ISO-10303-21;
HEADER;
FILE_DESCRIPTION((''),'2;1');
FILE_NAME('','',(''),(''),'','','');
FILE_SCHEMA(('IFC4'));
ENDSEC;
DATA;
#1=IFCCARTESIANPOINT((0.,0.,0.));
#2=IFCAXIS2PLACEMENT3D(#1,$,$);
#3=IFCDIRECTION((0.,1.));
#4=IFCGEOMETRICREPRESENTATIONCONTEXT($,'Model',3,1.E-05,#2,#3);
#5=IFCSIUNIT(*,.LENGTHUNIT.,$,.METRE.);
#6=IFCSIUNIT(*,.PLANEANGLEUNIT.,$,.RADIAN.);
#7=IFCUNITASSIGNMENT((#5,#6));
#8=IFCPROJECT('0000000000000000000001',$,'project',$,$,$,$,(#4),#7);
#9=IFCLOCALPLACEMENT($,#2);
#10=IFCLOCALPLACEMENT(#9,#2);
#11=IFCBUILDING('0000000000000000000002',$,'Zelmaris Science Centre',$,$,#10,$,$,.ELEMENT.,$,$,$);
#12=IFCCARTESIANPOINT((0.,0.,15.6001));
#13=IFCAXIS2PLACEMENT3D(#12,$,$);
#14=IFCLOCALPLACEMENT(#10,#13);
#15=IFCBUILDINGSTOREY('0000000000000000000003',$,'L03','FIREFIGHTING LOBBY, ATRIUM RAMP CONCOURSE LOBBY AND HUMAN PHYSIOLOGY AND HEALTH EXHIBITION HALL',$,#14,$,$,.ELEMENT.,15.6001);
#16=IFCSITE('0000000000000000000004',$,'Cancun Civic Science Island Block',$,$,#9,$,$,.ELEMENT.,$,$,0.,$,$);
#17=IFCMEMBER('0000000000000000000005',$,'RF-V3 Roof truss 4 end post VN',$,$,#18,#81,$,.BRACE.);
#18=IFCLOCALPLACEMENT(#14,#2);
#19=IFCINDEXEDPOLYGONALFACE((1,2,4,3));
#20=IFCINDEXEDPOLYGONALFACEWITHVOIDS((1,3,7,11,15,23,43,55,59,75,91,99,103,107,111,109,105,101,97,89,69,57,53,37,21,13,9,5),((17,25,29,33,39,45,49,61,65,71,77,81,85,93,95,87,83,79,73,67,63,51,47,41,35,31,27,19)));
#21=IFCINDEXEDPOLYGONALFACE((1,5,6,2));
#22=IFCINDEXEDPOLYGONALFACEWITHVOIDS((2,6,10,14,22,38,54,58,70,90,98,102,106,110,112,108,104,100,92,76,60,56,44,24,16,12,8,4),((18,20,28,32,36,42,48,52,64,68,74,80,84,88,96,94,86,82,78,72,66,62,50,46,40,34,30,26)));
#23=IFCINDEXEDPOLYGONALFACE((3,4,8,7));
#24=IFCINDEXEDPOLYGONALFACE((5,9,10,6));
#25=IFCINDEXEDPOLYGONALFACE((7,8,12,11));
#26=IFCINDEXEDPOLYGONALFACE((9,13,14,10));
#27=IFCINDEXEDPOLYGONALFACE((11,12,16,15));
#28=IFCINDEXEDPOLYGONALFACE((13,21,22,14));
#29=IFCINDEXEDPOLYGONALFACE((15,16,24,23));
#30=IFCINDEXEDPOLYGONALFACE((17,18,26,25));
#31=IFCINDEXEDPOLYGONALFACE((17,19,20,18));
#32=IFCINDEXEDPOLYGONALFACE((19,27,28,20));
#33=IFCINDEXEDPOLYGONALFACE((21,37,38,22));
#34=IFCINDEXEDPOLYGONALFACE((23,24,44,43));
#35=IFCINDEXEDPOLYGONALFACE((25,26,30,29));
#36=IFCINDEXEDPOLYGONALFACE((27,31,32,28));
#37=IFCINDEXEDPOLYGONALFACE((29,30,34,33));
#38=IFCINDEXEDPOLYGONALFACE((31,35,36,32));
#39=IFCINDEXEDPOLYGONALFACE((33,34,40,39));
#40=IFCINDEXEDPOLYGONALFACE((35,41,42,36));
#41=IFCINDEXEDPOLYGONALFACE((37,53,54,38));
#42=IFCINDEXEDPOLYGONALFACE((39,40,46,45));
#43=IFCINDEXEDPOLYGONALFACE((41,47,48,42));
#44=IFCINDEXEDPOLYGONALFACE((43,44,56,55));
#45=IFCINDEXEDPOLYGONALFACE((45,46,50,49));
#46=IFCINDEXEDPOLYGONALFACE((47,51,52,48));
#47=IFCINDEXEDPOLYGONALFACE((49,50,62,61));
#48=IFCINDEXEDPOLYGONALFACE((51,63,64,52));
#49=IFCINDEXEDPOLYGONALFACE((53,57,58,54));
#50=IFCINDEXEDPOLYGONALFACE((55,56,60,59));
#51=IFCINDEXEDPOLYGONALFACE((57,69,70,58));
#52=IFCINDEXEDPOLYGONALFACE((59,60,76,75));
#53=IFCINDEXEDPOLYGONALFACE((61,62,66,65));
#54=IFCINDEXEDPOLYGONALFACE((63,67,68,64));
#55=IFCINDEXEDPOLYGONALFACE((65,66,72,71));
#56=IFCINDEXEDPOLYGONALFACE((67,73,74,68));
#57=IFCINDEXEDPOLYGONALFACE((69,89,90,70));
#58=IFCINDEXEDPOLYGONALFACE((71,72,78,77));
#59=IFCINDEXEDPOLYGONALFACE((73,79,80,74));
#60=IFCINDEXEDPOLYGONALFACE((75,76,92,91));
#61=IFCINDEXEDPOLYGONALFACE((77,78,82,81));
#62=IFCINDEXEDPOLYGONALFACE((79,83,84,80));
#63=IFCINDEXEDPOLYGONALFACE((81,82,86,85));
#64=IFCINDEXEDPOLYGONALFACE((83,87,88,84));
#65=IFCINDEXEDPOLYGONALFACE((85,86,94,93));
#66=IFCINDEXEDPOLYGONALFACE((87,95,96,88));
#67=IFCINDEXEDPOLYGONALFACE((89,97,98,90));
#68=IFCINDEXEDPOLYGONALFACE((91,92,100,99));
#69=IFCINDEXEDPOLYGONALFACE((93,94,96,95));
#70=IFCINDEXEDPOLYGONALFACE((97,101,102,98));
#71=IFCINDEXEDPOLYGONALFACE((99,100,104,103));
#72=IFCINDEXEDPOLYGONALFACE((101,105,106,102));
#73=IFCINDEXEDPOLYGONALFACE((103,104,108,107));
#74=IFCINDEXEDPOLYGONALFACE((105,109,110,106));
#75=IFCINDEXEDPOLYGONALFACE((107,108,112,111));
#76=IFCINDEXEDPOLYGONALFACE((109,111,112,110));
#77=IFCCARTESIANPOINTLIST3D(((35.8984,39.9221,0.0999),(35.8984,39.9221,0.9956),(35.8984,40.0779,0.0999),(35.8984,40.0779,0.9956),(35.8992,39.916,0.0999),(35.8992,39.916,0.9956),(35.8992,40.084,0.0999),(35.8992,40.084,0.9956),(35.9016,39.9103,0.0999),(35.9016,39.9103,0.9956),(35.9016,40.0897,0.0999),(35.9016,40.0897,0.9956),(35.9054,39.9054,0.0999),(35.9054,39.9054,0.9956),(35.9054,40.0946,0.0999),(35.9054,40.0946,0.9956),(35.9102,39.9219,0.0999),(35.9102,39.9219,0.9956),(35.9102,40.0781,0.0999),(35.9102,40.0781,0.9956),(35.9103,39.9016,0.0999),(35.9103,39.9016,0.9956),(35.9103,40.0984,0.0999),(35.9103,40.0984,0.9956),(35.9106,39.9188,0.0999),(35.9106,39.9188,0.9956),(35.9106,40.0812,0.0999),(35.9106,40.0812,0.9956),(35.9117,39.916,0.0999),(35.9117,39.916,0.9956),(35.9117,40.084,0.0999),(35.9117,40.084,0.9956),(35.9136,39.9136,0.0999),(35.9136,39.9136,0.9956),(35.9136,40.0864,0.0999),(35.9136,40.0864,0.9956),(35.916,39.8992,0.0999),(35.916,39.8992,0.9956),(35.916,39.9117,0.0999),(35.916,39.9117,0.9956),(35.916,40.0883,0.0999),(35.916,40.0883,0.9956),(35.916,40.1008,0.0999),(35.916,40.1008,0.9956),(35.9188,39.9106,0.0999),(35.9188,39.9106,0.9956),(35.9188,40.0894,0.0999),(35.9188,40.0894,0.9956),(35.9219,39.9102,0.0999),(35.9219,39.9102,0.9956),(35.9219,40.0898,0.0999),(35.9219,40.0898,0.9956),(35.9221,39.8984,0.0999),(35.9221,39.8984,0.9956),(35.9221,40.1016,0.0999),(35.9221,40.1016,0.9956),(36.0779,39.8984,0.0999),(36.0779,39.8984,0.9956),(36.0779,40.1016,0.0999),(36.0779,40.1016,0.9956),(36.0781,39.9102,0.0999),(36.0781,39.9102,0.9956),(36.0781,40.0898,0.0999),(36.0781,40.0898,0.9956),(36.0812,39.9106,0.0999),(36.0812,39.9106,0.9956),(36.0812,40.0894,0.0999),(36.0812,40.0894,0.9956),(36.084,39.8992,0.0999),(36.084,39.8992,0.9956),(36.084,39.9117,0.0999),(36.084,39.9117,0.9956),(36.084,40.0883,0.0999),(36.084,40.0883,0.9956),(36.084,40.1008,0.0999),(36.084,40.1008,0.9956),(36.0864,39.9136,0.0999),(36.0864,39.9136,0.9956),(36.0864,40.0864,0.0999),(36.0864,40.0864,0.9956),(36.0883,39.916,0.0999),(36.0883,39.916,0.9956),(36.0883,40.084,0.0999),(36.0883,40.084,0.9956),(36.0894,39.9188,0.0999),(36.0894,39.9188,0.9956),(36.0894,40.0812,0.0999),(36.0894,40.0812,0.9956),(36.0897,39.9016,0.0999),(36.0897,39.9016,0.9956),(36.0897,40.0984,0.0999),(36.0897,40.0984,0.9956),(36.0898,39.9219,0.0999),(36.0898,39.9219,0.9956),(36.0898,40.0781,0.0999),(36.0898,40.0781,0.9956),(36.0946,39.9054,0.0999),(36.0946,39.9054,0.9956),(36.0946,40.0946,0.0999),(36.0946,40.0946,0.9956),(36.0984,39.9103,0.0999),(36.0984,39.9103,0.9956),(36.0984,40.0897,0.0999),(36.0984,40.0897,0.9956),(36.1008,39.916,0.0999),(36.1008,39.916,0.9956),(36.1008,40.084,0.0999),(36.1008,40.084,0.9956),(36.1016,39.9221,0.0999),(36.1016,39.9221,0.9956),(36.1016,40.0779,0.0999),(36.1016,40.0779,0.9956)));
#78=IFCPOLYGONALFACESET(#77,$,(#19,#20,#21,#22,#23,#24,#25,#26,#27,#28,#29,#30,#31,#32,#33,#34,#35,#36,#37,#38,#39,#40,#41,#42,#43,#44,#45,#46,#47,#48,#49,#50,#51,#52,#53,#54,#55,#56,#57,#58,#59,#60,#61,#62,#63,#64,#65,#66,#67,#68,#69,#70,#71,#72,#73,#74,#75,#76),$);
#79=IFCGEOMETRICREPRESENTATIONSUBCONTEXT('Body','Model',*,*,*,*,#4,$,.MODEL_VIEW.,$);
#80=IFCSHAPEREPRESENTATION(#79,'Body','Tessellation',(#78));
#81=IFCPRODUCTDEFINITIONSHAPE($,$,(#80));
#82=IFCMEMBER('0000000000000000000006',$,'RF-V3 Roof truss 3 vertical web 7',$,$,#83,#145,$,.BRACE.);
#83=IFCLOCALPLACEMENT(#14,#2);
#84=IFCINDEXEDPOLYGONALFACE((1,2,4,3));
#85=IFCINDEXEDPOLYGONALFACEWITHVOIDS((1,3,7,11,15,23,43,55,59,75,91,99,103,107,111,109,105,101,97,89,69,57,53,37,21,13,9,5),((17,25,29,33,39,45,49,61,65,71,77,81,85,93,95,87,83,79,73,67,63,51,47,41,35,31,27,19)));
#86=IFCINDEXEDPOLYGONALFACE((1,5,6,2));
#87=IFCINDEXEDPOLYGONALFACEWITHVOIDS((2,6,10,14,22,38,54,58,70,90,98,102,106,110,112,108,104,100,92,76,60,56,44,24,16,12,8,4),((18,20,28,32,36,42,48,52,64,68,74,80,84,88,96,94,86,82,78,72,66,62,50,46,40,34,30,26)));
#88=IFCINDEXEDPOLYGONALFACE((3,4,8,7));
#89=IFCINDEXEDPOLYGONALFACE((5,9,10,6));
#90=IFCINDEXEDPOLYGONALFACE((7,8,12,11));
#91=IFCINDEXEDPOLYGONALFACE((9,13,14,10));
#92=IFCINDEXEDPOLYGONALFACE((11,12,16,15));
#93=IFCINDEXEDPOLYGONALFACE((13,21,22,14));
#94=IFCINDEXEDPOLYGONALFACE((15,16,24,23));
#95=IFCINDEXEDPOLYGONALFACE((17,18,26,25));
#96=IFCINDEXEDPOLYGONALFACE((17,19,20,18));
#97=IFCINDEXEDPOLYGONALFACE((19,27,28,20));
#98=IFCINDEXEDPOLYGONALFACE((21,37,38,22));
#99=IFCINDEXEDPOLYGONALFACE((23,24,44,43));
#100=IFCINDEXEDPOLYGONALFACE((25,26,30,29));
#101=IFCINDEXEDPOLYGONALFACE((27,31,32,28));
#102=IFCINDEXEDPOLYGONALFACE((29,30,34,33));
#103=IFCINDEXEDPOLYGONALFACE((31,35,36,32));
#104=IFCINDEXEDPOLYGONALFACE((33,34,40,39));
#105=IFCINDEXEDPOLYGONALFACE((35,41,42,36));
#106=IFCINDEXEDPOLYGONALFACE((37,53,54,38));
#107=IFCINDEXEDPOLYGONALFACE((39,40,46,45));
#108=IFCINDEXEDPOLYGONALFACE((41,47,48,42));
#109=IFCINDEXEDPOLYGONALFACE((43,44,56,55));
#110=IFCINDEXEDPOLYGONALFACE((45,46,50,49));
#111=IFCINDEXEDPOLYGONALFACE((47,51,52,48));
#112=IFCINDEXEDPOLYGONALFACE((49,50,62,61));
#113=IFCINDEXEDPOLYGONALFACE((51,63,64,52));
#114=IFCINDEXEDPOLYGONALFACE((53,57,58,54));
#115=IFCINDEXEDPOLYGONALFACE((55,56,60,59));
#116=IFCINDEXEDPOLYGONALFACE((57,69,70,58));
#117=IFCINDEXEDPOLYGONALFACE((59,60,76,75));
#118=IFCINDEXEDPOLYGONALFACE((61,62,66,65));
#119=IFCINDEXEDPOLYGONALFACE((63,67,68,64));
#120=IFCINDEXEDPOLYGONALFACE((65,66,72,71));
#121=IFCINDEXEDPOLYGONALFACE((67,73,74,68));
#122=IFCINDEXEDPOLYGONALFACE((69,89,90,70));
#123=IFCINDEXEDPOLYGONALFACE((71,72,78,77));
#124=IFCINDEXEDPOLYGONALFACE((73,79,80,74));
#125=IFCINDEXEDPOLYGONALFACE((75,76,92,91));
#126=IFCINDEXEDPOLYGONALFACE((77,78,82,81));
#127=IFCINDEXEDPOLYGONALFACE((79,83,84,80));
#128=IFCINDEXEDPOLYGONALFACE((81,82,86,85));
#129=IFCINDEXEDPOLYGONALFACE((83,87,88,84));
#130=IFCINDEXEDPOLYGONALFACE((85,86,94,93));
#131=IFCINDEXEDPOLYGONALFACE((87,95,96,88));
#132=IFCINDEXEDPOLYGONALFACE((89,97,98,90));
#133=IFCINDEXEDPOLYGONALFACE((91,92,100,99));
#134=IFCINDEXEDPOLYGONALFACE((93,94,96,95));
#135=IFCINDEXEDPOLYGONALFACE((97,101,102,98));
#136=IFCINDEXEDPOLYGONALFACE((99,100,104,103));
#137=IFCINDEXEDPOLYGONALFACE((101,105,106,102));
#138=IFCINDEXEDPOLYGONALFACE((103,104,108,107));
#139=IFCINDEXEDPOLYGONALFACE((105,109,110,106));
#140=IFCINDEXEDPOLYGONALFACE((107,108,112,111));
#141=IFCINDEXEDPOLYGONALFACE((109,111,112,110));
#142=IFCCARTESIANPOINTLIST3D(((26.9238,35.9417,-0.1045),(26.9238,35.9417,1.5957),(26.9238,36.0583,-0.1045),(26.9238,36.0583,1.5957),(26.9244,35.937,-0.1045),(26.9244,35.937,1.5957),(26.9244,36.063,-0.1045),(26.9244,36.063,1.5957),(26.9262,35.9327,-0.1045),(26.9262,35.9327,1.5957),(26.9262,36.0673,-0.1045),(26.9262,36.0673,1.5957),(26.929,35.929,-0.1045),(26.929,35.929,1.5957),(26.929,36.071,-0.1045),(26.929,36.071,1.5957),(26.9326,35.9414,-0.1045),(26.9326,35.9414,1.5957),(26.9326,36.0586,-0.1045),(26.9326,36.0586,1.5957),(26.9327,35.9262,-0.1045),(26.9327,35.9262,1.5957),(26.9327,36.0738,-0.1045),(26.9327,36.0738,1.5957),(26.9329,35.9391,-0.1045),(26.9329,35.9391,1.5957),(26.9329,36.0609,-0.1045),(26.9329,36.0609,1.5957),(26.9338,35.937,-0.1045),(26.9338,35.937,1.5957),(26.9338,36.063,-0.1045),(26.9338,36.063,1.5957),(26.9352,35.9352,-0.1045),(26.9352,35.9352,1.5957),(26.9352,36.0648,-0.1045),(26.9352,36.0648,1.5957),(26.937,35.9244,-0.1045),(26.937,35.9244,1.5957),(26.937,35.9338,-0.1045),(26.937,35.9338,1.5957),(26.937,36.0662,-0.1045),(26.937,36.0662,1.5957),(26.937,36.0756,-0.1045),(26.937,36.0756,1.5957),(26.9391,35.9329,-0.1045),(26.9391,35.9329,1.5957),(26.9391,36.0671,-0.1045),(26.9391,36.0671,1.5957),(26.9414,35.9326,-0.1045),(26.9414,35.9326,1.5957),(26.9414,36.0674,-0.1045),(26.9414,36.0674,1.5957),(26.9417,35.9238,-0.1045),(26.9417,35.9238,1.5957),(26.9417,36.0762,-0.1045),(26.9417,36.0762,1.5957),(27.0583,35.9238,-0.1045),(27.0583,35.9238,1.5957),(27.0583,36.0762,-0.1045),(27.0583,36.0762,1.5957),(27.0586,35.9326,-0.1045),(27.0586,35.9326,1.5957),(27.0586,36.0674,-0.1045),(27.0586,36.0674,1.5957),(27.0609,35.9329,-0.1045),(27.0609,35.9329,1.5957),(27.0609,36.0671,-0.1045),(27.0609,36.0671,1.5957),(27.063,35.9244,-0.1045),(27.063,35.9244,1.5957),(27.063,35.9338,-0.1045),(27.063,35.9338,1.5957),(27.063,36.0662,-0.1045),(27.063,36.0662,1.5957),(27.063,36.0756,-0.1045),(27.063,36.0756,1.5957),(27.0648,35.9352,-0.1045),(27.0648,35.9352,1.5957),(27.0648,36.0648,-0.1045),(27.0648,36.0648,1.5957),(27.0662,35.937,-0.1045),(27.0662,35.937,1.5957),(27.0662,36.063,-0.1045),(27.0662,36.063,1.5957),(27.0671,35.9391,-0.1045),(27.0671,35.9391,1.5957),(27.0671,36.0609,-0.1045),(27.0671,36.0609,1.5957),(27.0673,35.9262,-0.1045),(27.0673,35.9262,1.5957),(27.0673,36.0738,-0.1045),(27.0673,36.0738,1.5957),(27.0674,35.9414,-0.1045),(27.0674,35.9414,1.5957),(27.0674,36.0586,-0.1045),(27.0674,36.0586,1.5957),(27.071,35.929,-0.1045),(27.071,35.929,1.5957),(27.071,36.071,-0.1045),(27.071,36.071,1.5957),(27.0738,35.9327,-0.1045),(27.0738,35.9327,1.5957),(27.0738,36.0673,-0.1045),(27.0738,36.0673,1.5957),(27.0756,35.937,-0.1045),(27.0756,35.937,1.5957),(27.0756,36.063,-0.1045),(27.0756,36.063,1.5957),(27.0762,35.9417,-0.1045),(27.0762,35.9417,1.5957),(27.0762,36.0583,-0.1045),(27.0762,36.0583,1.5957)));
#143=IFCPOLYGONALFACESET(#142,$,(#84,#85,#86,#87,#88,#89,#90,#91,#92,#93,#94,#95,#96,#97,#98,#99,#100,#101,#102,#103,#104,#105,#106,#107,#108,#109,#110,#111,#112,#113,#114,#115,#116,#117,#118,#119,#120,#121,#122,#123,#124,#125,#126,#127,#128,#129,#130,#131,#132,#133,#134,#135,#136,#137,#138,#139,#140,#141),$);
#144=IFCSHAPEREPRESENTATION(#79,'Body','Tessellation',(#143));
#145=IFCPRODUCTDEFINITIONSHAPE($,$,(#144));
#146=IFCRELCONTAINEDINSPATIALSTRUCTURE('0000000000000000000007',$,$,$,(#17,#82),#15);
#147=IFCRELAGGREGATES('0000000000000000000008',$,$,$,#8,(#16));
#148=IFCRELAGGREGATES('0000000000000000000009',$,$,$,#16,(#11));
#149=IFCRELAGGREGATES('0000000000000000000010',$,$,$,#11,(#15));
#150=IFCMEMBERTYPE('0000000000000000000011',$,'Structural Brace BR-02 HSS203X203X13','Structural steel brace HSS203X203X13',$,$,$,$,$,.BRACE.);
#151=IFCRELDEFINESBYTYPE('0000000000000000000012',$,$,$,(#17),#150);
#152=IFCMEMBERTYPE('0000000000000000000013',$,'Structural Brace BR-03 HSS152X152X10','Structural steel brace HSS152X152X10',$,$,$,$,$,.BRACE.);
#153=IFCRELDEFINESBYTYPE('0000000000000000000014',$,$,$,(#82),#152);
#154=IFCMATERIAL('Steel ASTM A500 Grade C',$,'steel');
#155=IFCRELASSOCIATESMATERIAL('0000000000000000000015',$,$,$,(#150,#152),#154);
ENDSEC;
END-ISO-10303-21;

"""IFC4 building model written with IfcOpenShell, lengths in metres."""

from ifc_helpers import new_model, si_unit, direction, frame, origin, origin_2d, place, context, subcontext, project, spatial, hollow_rectangle, extrude, material, material_profile, profile_set, type_object, element, save


model = new_model("IFC4")

# Units and contexts
model_context = context("Model", 3, precision=1e-05, world=origin(), true_north=direction((0.0, 1.0)))
body_context = subcontext(model_context, "Body", "Model", "MODEL_VIEW")
ifc_project = project(units=[si_unit("LENGTHUNIT", "METRE"), si_unit("PLANEANGLEUNIT", "RADIAN")], contexts=[model_context])

# Site, building, storey
site_placement = place(None, origin())
site = spatial("IfcSite", under=ifc_project, at=site_placement, Name="Cancun Civic Science Island Block", CompositionType="ELEMENT", RefElevation=0.0)
building_placement = place(site_placement, origin())
building = spatial("IfcBuilding", under=site, at=building_placement, Name="Zelmaris Science Centre", CompositionType="ELEMENT")
storey_placement = place(building_placement, frame((0.0, 0.0, 15.6001)))
storey = spatial("IfcBuildingStorey", under=building, at=storey_placement, Name="L03", Description="FIREFIGHTING LOBBY, ATRIUM RAMP CONCOURSE LOBBY AND HUMAN PHYSIOLOGY AND HEALTH EXHIBITION HALL", CompositionType="ELEMENT", Elevation=15.6001)

# Members
ifc_material_1 = material(Name="Steel ASTM A500 Grade C", Category="steel")
ifc_material_profile_1 = material_profile(ifc_material_1, hollow_rectangle(XDim=0.2031, YDim=0.2031, WallThickness=0.0117, InnerFilletRadius=0.0117, OuterFilletRadius=0.0237, at=origin_2d()), Name="HSS203X203X13")
ifc_profile_set_1 = profile_set([ifc_material_profile_1], Name="Steel ASTM A500 Grade C")
member_type_1 = type_object("IfcMemberType", Name="Structural Brace BR-02 HSS203X203X13", Description="Structural steel brace HSS203X203X13", PredefinedType="BRACE", material=ifc_profile_set_1)
for number, where, z_axis, x_axis, name in (
    (1, (36.0, 40.0, 0.0999), (0.0, 0.0, 1.0), (1.0, 0.0, 0.0), "RF-V3 Roof truss 4 end post VN"),
):
    element("IfcMember", number, at=place(storey_placement, frame(where, z_axis=z_axis, x_axis=x_axis)), inside=storey, type_object=member_type_1, Name=name, PredefinedType="BRACE", context=body_context, shape_type="SweptSolid", body=[
        extrude(hollow_rectangle(XDim=0.2031, YDim=0.2031, WallThickness=0.0117, InnerFilletRadius=0.0117, OuterFilletRadius=0.0237, at=origin_2d()), origin(), (0.0, 0.0, 1.0), 0.8958),
    ])
ifc_material_profile_2 = material_profile(ifc_material_1, hollow_rectangle(XDim=0.1523, YDim=0.1523, WallThickness=0.0088, InnerFilletRadius=0.0088, OuterFilletRadius=0.0178, at=origin_2d()), Name="HSS152X152X10")
ifc_profile_set_2 = profile_set([ifc_material_profile_2], Name="Steel ASTM A500 Grade C")
member_type_2 = type_object("IfcMemberType", Name="Structural Brace BR-03 HSS152X152X10", Description="Structural steel brace HSS152X152X10", PredefinedType="BRACE", material=ifc_profile_set_2)
for number, where, z_axis, x_axis, name in (
    (2, (27.0, 36.0, -0.1045), (0.0, 0.0, 1.0), (1.0, 0.0, 0.0), "RF-V3 Roof truss 3 vertical web 7"),
):
    element("IfcMember", number, at=place(storey_placement, frame(where, z_axis=z_axis, x_axis=x_axis)), inside=storey, type_object=member_type_2, Name=name, PredefinedType="BRACE", context=body_context, shape_type="SweptSolid", body=[
        extrude(hollow_rectangle(XDim=0.1523, YDim=0.1523, WallThickness=0.0088, InnerFilletRadius=0.0088, OuterFilletRadius=0.0178, at=origin_2d()), origin(), (0.0, 0.0, 1.0), 1.7002),
    ])

save(model, "model.ifc")
